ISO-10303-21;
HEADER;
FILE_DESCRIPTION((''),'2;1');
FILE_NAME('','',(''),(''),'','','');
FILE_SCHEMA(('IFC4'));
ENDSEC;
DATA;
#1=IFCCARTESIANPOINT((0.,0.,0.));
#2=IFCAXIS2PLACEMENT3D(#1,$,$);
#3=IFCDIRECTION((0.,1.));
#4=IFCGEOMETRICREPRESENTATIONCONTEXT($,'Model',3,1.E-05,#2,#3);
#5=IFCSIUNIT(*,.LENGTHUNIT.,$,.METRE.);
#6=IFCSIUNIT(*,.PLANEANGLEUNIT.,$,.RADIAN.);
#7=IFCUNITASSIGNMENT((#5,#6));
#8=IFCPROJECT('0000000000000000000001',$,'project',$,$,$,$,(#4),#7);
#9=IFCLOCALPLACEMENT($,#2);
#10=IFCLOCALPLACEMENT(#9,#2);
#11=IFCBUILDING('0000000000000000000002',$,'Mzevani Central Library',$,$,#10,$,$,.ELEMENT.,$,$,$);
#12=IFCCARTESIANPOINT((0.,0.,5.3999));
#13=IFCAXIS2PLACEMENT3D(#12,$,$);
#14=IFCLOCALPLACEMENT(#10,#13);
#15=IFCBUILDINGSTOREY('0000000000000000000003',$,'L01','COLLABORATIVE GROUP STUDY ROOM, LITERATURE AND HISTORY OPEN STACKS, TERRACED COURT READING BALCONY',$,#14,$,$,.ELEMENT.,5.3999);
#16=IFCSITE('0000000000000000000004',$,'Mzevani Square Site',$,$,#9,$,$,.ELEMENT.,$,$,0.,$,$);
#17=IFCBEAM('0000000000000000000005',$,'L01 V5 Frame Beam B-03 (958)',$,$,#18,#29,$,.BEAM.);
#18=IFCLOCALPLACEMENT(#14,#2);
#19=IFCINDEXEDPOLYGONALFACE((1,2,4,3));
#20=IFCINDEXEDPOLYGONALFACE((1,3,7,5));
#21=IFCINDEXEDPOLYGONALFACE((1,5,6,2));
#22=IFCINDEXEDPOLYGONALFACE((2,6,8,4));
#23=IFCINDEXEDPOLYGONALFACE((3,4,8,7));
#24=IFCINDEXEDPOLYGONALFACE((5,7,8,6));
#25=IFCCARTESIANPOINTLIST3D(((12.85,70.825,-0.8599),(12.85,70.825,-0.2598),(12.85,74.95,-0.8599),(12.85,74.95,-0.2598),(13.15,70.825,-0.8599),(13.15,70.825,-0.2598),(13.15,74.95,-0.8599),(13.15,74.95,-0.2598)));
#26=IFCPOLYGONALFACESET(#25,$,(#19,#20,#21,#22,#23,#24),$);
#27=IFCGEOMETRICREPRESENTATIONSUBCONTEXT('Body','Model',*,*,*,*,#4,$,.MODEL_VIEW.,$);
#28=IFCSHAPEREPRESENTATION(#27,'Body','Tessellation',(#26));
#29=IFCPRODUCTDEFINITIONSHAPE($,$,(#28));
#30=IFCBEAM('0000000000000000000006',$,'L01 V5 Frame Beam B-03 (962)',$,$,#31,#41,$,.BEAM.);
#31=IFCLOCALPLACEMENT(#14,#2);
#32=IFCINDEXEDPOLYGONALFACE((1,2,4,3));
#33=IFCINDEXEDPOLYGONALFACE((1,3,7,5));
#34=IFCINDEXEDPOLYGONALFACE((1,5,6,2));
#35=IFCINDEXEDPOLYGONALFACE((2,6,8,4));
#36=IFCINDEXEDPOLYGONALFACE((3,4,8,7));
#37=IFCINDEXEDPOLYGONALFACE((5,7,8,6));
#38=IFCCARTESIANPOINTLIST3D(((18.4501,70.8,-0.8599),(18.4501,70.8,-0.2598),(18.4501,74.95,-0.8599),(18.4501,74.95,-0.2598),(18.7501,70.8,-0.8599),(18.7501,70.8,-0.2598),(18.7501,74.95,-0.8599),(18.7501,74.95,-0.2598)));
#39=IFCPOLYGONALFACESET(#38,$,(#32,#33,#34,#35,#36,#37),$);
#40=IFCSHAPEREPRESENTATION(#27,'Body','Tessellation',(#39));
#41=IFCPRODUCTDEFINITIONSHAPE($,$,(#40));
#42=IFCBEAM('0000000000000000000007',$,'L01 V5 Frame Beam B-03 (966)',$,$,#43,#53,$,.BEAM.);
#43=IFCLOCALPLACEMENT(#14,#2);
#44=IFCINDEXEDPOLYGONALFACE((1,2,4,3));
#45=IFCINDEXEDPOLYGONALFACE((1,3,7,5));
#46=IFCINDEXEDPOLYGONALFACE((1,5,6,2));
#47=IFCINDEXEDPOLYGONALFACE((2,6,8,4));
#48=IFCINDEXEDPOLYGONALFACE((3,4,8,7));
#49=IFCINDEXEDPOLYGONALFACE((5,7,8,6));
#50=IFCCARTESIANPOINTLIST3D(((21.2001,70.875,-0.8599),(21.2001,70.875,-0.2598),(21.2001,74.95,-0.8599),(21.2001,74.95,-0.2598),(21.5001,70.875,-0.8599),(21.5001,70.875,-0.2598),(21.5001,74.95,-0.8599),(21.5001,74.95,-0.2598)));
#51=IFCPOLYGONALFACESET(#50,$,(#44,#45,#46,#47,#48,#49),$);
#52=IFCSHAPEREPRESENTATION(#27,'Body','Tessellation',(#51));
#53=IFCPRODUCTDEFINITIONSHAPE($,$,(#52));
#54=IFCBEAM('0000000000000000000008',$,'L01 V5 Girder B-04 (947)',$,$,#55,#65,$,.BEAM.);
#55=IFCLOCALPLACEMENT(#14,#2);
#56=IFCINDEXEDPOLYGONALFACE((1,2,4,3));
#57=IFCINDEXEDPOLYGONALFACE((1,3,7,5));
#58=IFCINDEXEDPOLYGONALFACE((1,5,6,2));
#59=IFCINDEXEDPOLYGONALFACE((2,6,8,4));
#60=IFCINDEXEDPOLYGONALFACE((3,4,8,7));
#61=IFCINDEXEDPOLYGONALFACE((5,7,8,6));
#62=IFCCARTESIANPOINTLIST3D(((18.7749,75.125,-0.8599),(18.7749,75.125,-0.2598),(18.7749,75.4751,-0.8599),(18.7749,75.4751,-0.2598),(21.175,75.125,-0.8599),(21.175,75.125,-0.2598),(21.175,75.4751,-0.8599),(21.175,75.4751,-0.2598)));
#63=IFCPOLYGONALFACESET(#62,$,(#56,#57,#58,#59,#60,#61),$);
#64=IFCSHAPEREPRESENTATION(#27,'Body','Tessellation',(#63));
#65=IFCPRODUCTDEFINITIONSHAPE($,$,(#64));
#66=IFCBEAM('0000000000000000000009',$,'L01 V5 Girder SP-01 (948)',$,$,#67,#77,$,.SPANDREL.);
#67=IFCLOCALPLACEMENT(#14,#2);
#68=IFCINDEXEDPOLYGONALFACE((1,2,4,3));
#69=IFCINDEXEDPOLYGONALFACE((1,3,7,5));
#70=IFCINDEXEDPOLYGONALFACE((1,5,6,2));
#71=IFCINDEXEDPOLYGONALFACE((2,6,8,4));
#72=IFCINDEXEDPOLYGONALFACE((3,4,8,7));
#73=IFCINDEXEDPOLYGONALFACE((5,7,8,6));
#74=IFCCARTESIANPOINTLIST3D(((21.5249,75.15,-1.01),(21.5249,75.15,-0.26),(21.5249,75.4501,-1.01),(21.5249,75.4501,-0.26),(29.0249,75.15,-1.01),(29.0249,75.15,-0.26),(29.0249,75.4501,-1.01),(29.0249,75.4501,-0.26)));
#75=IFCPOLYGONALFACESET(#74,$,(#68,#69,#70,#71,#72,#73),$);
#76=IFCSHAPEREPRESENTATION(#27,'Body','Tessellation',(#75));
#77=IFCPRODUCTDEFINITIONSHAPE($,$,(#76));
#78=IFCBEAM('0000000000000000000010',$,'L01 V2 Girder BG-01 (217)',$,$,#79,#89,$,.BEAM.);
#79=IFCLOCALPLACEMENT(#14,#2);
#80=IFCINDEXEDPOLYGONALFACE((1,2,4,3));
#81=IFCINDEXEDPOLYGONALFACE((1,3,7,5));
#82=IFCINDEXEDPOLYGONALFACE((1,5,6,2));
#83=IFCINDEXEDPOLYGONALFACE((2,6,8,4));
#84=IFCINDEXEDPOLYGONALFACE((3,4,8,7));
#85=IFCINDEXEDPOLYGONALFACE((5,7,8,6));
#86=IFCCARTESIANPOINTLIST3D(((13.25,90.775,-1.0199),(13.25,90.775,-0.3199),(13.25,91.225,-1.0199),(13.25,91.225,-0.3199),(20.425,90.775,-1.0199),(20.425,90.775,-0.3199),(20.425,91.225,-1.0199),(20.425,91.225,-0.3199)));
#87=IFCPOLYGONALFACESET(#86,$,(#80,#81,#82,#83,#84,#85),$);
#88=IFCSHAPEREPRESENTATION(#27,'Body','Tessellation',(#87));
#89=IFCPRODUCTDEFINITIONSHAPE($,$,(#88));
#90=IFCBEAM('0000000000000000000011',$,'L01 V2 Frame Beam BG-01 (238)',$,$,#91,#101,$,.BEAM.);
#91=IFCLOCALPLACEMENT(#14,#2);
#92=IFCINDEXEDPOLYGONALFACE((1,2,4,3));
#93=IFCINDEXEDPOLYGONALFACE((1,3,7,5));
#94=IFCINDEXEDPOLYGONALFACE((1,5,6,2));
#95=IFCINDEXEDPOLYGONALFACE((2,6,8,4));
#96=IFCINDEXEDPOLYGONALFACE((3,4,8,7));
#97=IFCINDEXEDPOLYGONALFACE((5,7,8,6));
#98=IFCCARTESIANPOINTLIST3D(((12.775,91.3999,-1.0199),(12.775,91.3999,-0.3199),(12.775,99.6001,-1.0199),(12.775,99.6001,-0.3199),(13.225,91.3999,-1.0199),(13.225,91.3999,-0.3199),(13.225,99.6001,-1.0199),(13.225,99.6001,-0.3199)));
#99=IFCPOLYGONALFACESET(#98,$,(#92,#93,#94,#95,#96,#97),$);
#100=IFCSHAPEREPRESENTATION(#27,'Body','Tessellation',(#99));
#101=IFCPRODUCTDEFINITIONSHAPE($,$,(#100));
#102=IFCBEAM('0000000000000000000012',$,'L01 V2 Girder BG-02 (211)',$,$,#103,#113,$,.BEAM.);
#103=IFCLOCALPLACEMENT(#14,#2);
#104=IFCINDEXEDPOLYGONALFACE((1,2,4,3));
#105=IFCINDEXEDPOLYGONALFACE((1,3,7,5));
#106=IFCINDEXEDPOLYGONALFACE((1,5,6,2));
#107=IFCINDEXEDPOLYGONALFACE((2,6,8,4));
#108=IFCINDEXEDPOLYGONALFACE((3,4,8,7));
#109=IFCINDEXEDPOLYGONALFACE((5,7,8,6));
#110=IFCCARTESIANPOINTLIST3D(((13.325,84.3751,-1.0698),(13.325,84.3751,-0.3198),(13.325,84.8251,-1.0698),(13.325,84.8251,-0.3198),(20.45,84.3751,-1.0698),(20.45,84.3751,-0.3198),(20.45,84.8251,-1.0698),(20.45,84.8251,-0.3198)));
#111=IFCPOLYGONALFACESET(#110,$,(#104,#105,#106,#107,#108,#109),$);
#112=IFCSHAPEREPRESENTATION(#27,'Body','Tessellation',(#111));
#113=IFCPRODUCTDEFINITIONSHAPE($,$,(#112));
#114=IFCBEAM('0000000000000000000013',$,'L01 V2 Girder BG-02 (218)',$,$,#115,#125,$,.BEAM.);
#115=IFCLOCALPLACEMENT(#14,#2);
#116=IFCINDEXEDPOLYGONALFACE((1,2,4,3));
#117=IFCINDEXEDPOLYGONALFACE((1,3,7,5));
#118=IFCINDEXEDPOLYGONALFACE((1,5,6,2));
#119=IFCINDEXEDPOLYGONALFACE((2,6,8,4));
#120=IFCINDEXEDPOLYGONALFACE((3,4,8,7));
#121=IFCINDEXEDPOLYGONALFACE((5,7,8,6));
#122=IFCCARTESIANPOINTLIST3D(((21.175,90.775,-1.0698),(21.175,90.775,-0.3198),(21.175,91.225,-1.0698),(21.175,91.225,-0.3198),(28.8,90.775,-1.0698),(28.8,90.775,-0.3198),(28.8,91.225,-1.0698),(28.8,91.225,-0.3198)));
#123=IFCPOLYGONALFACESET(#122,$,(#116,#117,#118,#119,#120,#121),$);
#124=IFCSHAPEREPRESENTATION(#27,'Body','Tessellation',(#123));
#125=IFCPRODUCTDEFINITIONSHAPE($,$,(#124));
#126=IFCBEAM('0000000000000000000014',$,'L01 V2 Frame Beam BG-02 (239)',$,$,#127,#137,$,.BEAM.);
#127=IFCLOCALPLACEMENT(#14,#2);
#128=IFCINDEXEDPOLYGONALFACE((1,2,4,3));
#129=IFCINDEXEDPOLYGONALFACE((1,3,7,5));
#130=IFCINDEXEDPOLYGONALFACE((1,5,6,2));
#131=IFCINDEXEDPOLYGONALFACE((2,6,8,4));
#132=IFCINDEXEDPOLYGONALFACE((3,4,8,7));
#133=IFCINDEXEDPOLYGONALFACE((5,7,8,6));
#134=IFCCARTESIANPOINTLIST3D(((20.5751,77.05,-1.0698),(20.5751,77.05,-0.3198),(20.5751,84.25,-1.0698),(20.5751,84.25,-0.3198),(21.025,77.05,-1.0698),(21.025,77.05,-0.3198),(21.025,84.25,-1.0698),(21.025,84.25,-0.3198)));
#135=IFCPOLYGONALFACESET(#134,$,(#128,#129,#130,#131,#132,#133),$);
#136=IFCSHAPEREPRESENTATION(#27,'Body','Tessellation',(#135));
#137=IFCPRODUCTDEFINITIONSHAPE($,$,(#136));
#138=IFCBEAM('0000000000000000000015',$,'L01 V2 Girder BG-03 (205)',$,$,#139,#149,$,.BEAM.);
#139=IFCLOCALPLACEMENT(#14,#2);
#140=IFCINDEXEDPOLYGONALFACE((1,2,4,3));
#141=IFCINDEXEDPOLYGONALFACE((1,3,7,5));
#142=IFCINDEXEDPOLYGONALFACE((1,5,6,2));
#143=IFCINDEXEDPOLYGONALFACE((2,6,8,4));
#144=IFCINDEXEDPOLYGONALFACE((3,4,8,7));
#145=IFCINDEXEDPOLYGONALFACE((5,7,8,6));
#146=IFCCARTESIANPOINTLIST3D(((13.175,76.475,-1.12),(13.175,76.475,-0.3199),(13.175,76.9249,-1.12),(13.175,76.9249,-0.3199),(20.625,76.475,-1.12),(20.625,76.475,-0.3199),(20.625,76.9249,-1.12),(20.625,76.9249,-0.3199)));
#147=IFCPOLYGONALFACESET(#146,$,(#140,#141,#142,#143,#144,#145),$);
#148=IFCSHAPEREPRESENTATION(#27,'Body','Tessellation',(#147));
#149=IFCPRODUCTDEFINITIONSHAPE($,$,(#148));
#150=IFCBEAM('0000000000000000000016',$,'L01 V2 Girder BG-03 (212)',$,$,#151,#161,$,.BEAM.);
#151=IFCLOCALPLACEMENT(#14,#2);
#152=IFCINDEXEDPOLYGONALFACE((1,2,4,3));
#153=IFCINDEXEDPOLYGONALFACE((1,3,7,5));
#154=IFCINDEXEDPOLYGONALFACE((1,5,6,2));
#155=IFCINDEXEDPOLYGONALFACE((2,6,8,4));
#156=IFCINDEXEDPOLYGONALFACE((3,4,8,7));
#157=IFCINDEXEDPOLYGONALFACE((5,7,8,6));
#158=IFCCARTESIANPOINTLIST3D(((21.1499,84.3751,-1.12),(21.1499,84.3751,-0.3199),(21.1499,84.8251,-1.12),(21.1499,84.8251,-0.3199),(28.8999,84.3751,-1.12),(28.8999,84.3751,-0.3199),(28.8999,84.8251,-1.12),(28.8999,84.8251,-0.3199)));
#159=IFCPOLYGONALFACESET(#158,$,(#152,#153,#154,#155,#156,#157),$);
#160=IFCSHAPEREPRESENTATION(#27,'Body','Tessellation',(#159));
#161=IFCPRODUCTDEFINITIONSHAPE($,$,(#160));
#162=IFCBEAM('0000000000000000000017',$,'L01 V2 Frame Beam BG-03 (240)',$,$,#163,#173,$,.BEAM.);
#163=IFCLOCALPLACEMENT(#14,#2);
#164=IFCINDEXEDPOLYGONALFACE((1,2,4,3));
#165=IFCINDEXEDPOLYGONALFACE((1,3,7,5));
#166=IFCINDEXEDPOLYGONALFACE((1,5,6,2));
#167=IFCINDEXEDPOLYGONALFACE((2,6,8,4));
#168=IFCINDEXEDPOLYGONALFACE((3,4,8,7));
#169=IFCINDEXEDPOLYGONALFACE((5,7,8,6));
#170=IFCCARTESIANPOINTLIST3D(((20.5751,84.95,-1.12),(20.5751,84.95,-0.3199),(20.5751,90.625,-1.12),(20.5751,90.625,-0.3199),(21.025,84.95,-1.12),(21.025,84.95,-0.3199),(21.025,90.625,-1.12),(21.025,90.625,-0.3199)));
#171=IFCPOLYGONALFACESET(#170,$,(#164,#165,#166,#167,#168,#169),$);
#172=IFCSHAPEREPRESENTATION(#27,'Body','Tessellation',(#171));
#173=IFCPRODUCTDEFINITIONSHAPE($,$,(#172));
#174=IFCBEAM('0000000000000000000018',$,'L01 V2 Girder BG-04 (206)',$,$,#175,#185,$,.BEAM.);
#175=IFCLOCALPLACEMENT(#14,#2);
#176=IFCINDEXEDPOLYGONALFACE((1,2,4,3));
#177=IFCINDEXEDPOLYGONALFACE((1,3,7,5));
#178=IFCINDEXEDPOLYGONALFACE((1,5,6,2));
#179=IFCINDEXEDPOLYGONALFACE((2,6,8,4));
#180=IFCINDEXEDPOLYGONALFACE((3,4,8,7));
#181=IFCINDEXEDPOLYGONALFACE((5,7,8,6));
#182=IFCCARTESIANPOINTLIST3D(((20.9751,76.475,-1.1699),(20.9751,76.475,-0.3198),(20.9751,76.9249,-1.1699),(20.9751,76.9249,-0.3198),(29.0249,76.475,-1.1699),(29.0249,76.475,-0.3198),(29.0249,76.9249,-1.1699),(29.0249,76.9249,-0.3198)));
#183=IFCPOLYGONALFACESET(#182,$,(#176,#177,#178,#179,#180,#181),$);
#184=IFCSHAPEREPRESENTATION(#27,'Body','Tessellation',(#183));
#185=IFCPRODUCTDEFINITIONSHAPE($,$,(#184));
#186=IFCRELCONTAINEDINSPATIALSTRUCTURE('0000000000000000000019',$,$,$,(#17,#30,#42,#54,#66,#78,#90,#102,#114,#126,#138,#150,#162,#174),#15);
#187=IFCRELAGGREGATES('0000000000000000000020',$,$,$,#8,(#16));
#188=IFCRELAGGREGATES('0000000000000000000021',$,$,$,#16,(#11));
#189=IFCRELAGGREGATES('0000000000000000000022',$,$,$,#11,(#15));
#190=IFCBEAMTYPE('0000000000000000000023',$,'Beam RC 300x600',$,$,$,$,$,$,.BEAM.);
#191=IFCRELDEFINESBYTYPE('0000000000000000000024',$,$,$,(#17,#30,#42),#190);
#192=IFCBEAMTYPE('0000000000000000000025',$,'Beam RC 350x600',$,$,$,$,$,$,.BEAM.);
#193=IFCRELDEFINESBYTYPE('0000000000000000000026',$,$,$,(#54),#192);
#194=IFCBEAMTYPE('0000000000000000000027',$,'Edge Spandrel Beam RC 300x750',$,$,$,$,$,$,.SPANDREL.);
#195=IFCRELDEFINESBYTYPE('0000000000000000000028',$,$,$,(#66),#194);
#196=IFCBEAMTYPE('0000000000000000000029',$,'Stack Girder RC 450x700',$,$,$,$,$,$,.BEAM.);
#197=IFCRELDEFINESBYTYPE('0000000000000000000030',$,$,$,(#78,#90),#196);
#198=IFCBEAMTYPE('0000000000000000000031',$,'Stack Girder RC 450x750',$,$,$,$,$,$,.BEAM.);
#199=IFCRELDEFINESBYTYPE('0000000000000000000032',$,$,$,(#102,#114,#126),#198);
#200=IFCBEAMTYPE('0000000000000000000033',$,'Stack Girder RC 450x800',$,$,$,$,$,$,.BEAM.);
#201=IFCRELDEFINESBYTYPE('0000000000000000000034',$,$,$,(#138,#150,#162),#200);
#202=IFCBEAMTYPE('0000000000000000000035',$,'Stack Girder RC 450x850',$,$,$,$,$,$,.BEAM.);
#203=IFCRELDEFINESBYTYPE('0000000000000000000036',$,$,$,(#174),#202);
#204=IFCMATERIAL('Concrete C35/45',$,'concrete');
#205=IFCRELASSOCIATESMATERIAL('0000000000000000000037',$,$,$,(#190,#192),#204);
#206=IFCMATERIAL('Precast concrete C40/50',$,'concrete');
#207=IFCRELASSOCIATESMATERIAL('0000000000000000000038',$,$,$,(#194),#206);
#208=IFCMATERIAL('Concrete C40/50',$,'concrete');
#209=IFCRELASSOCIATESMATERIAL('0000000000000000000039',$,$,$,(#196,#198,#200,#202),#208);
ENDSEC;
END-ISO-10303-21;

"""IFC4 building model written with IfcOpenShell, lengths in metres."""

from ifc_helpers import new_model, si_unit, direction, frame, origin, origin_2d, place, context, subcontext, project, spatial, rectangle, extrude, material, material_profile, profile_set, type_object, element, save


model = new_model("IFC4")

# Units and contexts
model_context = context("Model", 3, precision=1e-05, world=origin(), true_north=direction((0.0, 1.0)))
body_context = subcontext(model_context, "Body", "Model", "MODEL_VIEW")
ifc_project = project(units=[si_unit("LENGTHUNIT", "METRE"), si_unit("PLANEANGLEUNIT", "RADIAN")], contexts=[model_context])

# Site, building, storey
site_placement = place(None, origin())
site = spatial("IfcSite", under=ifc_project, at=site_placement, Name="Mzevani Square Site", CompositionType="ELEMENT", RefElevation=0.0)
building_placement = place(site_placement, origin())
building = spatial("IfcBuilding", under=site, at=building_placement, Name="Mzevani Central Library", CompositionType="ELEMENT")
storey_placement = place(building_placement, frame((0.0, 0.0, 5.3999)))
storey = spatial("IfcBuildingStorey", under=building, at=storey_placement, Name="L01", Description="COLLABORATIVE GROUP STUDY ROOM, LITERATURE AND HISTORY OPEN STACKS, TERRACED COURT READING BALCONY", CompositionType="ELEMENT", Elevation=5.3999)

# Shared definitions
ifc_material_1 = material(Name="Concrete C40/50", Category="concrete")

# Beams
ifc_material_2 = material(Name="Concrete C35/45", Category="concrete")
ifc_material_profile_1 = material_profile(ifc_material_2, rectangle(XDim=0.3, YDim=0.6001, at=origin_2d()), Name="RC B300x600")
ifc_profile_set_1 = profile_set([ifc_material_profile_1], Name="Concrete C35/45")
beam_type_1 = type_object("IfcBeamType", Name="Beam RC 300x600", PredefinedType="BEAM", material=ifc_profile_set_1)
beam_1_placement = place(storey_placement, frame((13.0, 70.825, -0.5598), z_axis=(0.0, 1.0, 0.0), x_axis=(-1.0, 0.0, 0.0)))
element("IfcBeam", 1, at=beam_1_placement, inside=storey, type_object=beam_type_1, Name="L01 V5 Frame Beam B-03 (958)", PredefinedType="BEAM", context=body_context, shape_type="SweptSolid", body=[
    extrude(rectangle(XDim=0.3, YDim=0.6001, at=origin_2d()), origin(), (0.0, 0.0, 1.0), 4.125),
])
beam_2_placement = place(storey_placement, frame((18.6001, 70.8, -0.5598), z_axis=(0.0, 1.0, 0.0), x_axis=(-1.0, 0.0, 0.0)))
element("IfcBeam", 2, at=beam_2_placement, inside=storey, type_object=beam_type_1, Name="L01 V5 Frame Beam B-03 (962)", PredefinedType="BEAM", context=body_context, shape_type="SweptSolid", body=[
    extrude(rectangle(XDim=0.3, YDim=0.6001, at=origin_2d()), origin(), (0.0, 0.0, 1.0), 4.1499),
])
beam_3_placement = place(storey_placement, frame((21.3501, 70.875, -0.5598), z_axis=(0.0, 1.0, 0.0), x_axis=(-1.0, 0.0, 0.0)))
element("IfcBeam", 3, at=beam_3_placement, inside=storey, type_object=beam_type_1, Name="L01 V5 Frame Beam B-03 (966)", PredefinedType="BEAM", context=body_context, shape_type="SweptSolid", body=[
    extrude(rectangle(XDim=0.3, YDim=0.6001, at=origin_2d()), origin(), (0.0, 0.0, 1.0), 4.075),
])
ifc_material_profile_2 = material_profile(ifc_material_2, rectangle(XDim=0.3501, YDim=0.6001, at=origin_2d()), Name="RC B350x600")
ifc_profile_set_2 = profile_set([ifc_material_profile_2], Name="Concrete C35/45")
beam_type_2 = type_object("IfcBeamType", Name="Beam RC 350x600", PredefinedType="BEAM", material=ifc_profile_set_2)
beam_4_placement = place(storey_placement, frame((18.7749, 75.3, -0.5598), z_axis=(1.0, 0.0, 0.0), x_axis=(0.0, 1.0, 0.0)))
element("IfcBeam", 4, at=beam_4_placement, inside=storey, type_object=beam_type_2, Name="L01 V5 Girder B-04 (947)", PredefinedType="BEAM", context=body_context, shape_type="SweptSolid", body=[
    extrude(rectangle(XDim=0.3501, YDim=0.6001, at=origin_2d()), origin(), (0.0, 0.0, 1.0), 2.4001),
])
ifc_material_3 = material(Name="Precast concrete C40/50", Category="concrete")
ifc_material_profile_3 = material_profile(ifc_material_3, rectangle(XDim=0.3, YDim=0.75, at=origin_2d()), Name="RC SP300x750")
ifc_profile_set_3 = profile_set([ifc_material_profile_3], Name="Precast concrete C40/50")
beam_type_3 = type_object("IfcBeamType", Name="Edge Spandrel Beam RC 300x750", PredefinedType="SPANDREL", material=ifc_profile_set_3)
beam_5_placement = place(storey_placement, frame((21.5249, 75.3, -0.635), z_axis=(1.0, 0.0, 0.0), x_axis=(0.0, 1.0, 0.0)))
element("IfcBeam", 5, at=beam_5_placement, inside=storey, type_object=beam_type_3, Name="L01 V5 Girder SP-01 (948)", PredefinedType="SPANDREL", context=body_context, shape_type="SweptSolid", body=[
    extrude(rectangle(XDim=0.3, YDim=0.75, at=origin_2d()), origin(), (0.0, 0.0, 1.0), 7.5),
])
ifc_material_profile_4 = material_profile(ifc_material_1, rectangle(XDim=0.45, YDim=0.7, at=origin_2d()), Name="RC B450x700")
ifc_profile_set_4 = profile_set([ifc_material_profile_4], Name="Concrete C40/50")
beam_type_4 = type_object("IfcBeamType", Name="Stack Girder RC 450x700", PredefinedType="BEAM", material=ifc_profile_set_4)
beam_6_placement = place(storey_placement, frame((13.25, 91.0, -0.6699), z_axis=(1.0, 0.0, 0.0), x_axis=(0.0, 1.0, 0.0)))
element("IfcBeam", 6, at=beam_6_placement, inside=storey, type_object=beam_type_4, Name="L01 V2 Girder BG-01 (217)", PredefinedType="BEAM", context=body_context, shape_type="SweptSolid", body=[
    extrude(rectangle(XDim=0.45, YDim=0.7, at=origin_2d()), origin(), (0.0, 0.0, 1.0), 7.175),
])
beam_7_placement = place(storey_placement, frame((13.0, 91.3999, -0.6699), z_axis=(0.0, 1.0, 0.0), x_axis=(-1.0, 0.0, 0.0)))
element("IfcBeam", 7, at=beam_7_placement, inside=storey, type_object=beam_type_4, Name="L01 V2 Frame Beam BG-01 (238)", PredefinedType="BEAM", context=body_context, shape_type="SweptSolid", body=[
    extrude(rectangle(XDim=0.45, YDim=0.7, at=origin_2d()), origin(), (0.0, 0.0, 1.0), 8.2002),
])
ifc_material_profile_5 = material_profile(ifc_material_1, rectangle(XDim=0.45, YDim=0.75, at=origin_2d()), Name="RC B450x750")
ifc_profile_set_5 = profile_set([ifc_material_profile_5], Name="Concrete C40/50")
beam_type_5 = type_object("IfcBeamType", Name="Stack Girder RC 450x750", PredefinedType="BEAM", material=ifc_profile_set_5)
beam_8_placement = place(storey_placement, frame((13.325, 84.6001, -0.6948), z_axis=(1.0, 0.0, 0.0), x_axis=(0.0, 1.0, 0.0)))
element("IfcBeam", 8, at=beam_8_placement, inside=storey, type_object=beam_type_5, Name="L01 V2 Girder BG-02 (211)", PredefinedType="BEAM", context=body_context, shape_type="SweptSolid", body=[
    extrude(rectangle(XDim=0.45, YDim=0.75, at=origin_2d()), origin(), (0.0, 0.0, 1.0), 7.125),
])
beam_9_placement = place(storey_placement, frame((21.175, 91.0, -0.6948), z_axis=(1.0, 0.0, 0.0), x_axis=(0.0, 1.0, 0.0)))
element("IfcBeam", 9, at=beam_9_placement, inside=storey, type_object=beam_type_5, Name="L01 V2 Girder BG-02 (218)", PredefinedType="BEAM", context=body_context, shape_type="SweptSolid", body=[
    extrude(rectangle(XDim=0.45, YDim=0.75, at=origin_2d()), origin(), (0.0, 0.0, 1.0), 7.625),
])
beam_10_placement = place(storey_placement, frame((20.8, 77.05, -0.6948), z_axis=(0.0, 1.0, 0.0), x_axis=(-1.0, 0.0, 0.0)))
element("IfcBeam", 10, at=beam_10_placement, inside=storey, type_object=beam_type_5, Name="L01 V2 Frame Beam BG-02 (239)", PredefinedType="BEAM", context=body_context, shape_type="SweptSolid", body=[
    extrude(rectangle(XDim=0.45, YDim=0.75, at=origin_2d()), origin(), (0.0, 0.0, 1.0), 7.2),
])
ifc_material_profile_6 = material_profile(ifc_material_1, rectangle(XDim=0.45, YDim=0.8, at=origin_2d()), Name="RC B450x800")
ifc_profile_set_6 = profile_set([ifc_material_profile_6], Name="Concrete C40/50")
beam_type_6 = type_object("IfcBeamType", Name="Stack Girder RC 450x800", PredefinedType="BEAM", material=ifc_profile_set_6)
beam_11_placement = place(storey_placement, frame((13.175, 76.7, -0.72), z_axis=(1.0, 0.0, 0.0), x_axis=(0.0, 1.0, 0.0)))
element("IfcBeam", 11, at=beam_11_placement, inside=storey, type_object=beam_type_6, Name="L01 V2 Girder BG-03 (205)", PredefinedType="BEAM", context=body_context, shape_type="SweptSolid", body=[
    extrude(rectangle(XDim=0.45, YDim=0.8, at=origin_2d()), origin(), (0.0, 0.0, 1.0), 7.45),
])
beam_12_placement = place(storey_placement, frame((21.1499, 84.6001, -0.72), z_axis=(1.0, 0.0, 0.0), x_axis=(0.0, 1.0, 0.0)))
element("IfcBeam", 12, at=beam_12_placement, inside=storey, type_object=beam_type_6, Name="L01 V2 Girder BG-03 (212)", PredefinedType="BEAM", context=body_context, shape_type="SweptSolid", body=[
    extrude(rectangle(XDim=0.45, YDim=0.8, at=origin_2d()), origin(), (0.0, 0.0, 1.0), 7.75),
])
beam_13_placement = place(storey_placement, frame((20.8, 84.95, -0.72), z_axis=(0.0, 1.0, 0.0), x_axis=(-1.0, 0.0, 0.0)))
element("IfcBeam", 13, at=beam_13_placement, inside=storey, type_object=beam_type_6, Name="L01 V2 Frame Beam BG-03 (240)", PredefinedType="BEAM", context=body_context, shape_type="SweptSolid", body=[
    extrude(rectangle(XDim=0.45, YDim=0.8, at=origin_2d()), origin(), (0.0, 0.0, 1.0), 5.675),
])
ifc_material_profile_7 = material_profile(ifc_material_1, rectangle(XDim=0.45, YDim=0.8501, at=origin_2d()), Name="RC B450x850")
ifc_profile_set_7 = profile_set([ifc_material_profile_7], Name="Concrete C40/50")
beam_type_7 = type_object("IfcBeamType", Name="Stack Girder RC 450x850", PredefinedType="BEAM", material=ifc_profile_set_7)
beam_14_placement = place(storey_placement, frame((20.9751, 76.7, -0.7449), z_axis=(1.0, 0.0, 0.0), x_axis=(0.0, 1.0, 0.0)))
element("IfcBeam", 14, at=beam_14_placement, inside=storey, type_object=beam_type_7, Name="L01 V2 Girder BG-04 (206)", PredefinedType="BEAM", context=body_context, shape_type="SweptSolid", body=[
    extrude(rectangle(XDim=0.45, YDim=0.8501, at=origin_2d()), origin(), (0.0, 0.0, 1.0), 8.0498),
])

save(model, "model.ifc")
